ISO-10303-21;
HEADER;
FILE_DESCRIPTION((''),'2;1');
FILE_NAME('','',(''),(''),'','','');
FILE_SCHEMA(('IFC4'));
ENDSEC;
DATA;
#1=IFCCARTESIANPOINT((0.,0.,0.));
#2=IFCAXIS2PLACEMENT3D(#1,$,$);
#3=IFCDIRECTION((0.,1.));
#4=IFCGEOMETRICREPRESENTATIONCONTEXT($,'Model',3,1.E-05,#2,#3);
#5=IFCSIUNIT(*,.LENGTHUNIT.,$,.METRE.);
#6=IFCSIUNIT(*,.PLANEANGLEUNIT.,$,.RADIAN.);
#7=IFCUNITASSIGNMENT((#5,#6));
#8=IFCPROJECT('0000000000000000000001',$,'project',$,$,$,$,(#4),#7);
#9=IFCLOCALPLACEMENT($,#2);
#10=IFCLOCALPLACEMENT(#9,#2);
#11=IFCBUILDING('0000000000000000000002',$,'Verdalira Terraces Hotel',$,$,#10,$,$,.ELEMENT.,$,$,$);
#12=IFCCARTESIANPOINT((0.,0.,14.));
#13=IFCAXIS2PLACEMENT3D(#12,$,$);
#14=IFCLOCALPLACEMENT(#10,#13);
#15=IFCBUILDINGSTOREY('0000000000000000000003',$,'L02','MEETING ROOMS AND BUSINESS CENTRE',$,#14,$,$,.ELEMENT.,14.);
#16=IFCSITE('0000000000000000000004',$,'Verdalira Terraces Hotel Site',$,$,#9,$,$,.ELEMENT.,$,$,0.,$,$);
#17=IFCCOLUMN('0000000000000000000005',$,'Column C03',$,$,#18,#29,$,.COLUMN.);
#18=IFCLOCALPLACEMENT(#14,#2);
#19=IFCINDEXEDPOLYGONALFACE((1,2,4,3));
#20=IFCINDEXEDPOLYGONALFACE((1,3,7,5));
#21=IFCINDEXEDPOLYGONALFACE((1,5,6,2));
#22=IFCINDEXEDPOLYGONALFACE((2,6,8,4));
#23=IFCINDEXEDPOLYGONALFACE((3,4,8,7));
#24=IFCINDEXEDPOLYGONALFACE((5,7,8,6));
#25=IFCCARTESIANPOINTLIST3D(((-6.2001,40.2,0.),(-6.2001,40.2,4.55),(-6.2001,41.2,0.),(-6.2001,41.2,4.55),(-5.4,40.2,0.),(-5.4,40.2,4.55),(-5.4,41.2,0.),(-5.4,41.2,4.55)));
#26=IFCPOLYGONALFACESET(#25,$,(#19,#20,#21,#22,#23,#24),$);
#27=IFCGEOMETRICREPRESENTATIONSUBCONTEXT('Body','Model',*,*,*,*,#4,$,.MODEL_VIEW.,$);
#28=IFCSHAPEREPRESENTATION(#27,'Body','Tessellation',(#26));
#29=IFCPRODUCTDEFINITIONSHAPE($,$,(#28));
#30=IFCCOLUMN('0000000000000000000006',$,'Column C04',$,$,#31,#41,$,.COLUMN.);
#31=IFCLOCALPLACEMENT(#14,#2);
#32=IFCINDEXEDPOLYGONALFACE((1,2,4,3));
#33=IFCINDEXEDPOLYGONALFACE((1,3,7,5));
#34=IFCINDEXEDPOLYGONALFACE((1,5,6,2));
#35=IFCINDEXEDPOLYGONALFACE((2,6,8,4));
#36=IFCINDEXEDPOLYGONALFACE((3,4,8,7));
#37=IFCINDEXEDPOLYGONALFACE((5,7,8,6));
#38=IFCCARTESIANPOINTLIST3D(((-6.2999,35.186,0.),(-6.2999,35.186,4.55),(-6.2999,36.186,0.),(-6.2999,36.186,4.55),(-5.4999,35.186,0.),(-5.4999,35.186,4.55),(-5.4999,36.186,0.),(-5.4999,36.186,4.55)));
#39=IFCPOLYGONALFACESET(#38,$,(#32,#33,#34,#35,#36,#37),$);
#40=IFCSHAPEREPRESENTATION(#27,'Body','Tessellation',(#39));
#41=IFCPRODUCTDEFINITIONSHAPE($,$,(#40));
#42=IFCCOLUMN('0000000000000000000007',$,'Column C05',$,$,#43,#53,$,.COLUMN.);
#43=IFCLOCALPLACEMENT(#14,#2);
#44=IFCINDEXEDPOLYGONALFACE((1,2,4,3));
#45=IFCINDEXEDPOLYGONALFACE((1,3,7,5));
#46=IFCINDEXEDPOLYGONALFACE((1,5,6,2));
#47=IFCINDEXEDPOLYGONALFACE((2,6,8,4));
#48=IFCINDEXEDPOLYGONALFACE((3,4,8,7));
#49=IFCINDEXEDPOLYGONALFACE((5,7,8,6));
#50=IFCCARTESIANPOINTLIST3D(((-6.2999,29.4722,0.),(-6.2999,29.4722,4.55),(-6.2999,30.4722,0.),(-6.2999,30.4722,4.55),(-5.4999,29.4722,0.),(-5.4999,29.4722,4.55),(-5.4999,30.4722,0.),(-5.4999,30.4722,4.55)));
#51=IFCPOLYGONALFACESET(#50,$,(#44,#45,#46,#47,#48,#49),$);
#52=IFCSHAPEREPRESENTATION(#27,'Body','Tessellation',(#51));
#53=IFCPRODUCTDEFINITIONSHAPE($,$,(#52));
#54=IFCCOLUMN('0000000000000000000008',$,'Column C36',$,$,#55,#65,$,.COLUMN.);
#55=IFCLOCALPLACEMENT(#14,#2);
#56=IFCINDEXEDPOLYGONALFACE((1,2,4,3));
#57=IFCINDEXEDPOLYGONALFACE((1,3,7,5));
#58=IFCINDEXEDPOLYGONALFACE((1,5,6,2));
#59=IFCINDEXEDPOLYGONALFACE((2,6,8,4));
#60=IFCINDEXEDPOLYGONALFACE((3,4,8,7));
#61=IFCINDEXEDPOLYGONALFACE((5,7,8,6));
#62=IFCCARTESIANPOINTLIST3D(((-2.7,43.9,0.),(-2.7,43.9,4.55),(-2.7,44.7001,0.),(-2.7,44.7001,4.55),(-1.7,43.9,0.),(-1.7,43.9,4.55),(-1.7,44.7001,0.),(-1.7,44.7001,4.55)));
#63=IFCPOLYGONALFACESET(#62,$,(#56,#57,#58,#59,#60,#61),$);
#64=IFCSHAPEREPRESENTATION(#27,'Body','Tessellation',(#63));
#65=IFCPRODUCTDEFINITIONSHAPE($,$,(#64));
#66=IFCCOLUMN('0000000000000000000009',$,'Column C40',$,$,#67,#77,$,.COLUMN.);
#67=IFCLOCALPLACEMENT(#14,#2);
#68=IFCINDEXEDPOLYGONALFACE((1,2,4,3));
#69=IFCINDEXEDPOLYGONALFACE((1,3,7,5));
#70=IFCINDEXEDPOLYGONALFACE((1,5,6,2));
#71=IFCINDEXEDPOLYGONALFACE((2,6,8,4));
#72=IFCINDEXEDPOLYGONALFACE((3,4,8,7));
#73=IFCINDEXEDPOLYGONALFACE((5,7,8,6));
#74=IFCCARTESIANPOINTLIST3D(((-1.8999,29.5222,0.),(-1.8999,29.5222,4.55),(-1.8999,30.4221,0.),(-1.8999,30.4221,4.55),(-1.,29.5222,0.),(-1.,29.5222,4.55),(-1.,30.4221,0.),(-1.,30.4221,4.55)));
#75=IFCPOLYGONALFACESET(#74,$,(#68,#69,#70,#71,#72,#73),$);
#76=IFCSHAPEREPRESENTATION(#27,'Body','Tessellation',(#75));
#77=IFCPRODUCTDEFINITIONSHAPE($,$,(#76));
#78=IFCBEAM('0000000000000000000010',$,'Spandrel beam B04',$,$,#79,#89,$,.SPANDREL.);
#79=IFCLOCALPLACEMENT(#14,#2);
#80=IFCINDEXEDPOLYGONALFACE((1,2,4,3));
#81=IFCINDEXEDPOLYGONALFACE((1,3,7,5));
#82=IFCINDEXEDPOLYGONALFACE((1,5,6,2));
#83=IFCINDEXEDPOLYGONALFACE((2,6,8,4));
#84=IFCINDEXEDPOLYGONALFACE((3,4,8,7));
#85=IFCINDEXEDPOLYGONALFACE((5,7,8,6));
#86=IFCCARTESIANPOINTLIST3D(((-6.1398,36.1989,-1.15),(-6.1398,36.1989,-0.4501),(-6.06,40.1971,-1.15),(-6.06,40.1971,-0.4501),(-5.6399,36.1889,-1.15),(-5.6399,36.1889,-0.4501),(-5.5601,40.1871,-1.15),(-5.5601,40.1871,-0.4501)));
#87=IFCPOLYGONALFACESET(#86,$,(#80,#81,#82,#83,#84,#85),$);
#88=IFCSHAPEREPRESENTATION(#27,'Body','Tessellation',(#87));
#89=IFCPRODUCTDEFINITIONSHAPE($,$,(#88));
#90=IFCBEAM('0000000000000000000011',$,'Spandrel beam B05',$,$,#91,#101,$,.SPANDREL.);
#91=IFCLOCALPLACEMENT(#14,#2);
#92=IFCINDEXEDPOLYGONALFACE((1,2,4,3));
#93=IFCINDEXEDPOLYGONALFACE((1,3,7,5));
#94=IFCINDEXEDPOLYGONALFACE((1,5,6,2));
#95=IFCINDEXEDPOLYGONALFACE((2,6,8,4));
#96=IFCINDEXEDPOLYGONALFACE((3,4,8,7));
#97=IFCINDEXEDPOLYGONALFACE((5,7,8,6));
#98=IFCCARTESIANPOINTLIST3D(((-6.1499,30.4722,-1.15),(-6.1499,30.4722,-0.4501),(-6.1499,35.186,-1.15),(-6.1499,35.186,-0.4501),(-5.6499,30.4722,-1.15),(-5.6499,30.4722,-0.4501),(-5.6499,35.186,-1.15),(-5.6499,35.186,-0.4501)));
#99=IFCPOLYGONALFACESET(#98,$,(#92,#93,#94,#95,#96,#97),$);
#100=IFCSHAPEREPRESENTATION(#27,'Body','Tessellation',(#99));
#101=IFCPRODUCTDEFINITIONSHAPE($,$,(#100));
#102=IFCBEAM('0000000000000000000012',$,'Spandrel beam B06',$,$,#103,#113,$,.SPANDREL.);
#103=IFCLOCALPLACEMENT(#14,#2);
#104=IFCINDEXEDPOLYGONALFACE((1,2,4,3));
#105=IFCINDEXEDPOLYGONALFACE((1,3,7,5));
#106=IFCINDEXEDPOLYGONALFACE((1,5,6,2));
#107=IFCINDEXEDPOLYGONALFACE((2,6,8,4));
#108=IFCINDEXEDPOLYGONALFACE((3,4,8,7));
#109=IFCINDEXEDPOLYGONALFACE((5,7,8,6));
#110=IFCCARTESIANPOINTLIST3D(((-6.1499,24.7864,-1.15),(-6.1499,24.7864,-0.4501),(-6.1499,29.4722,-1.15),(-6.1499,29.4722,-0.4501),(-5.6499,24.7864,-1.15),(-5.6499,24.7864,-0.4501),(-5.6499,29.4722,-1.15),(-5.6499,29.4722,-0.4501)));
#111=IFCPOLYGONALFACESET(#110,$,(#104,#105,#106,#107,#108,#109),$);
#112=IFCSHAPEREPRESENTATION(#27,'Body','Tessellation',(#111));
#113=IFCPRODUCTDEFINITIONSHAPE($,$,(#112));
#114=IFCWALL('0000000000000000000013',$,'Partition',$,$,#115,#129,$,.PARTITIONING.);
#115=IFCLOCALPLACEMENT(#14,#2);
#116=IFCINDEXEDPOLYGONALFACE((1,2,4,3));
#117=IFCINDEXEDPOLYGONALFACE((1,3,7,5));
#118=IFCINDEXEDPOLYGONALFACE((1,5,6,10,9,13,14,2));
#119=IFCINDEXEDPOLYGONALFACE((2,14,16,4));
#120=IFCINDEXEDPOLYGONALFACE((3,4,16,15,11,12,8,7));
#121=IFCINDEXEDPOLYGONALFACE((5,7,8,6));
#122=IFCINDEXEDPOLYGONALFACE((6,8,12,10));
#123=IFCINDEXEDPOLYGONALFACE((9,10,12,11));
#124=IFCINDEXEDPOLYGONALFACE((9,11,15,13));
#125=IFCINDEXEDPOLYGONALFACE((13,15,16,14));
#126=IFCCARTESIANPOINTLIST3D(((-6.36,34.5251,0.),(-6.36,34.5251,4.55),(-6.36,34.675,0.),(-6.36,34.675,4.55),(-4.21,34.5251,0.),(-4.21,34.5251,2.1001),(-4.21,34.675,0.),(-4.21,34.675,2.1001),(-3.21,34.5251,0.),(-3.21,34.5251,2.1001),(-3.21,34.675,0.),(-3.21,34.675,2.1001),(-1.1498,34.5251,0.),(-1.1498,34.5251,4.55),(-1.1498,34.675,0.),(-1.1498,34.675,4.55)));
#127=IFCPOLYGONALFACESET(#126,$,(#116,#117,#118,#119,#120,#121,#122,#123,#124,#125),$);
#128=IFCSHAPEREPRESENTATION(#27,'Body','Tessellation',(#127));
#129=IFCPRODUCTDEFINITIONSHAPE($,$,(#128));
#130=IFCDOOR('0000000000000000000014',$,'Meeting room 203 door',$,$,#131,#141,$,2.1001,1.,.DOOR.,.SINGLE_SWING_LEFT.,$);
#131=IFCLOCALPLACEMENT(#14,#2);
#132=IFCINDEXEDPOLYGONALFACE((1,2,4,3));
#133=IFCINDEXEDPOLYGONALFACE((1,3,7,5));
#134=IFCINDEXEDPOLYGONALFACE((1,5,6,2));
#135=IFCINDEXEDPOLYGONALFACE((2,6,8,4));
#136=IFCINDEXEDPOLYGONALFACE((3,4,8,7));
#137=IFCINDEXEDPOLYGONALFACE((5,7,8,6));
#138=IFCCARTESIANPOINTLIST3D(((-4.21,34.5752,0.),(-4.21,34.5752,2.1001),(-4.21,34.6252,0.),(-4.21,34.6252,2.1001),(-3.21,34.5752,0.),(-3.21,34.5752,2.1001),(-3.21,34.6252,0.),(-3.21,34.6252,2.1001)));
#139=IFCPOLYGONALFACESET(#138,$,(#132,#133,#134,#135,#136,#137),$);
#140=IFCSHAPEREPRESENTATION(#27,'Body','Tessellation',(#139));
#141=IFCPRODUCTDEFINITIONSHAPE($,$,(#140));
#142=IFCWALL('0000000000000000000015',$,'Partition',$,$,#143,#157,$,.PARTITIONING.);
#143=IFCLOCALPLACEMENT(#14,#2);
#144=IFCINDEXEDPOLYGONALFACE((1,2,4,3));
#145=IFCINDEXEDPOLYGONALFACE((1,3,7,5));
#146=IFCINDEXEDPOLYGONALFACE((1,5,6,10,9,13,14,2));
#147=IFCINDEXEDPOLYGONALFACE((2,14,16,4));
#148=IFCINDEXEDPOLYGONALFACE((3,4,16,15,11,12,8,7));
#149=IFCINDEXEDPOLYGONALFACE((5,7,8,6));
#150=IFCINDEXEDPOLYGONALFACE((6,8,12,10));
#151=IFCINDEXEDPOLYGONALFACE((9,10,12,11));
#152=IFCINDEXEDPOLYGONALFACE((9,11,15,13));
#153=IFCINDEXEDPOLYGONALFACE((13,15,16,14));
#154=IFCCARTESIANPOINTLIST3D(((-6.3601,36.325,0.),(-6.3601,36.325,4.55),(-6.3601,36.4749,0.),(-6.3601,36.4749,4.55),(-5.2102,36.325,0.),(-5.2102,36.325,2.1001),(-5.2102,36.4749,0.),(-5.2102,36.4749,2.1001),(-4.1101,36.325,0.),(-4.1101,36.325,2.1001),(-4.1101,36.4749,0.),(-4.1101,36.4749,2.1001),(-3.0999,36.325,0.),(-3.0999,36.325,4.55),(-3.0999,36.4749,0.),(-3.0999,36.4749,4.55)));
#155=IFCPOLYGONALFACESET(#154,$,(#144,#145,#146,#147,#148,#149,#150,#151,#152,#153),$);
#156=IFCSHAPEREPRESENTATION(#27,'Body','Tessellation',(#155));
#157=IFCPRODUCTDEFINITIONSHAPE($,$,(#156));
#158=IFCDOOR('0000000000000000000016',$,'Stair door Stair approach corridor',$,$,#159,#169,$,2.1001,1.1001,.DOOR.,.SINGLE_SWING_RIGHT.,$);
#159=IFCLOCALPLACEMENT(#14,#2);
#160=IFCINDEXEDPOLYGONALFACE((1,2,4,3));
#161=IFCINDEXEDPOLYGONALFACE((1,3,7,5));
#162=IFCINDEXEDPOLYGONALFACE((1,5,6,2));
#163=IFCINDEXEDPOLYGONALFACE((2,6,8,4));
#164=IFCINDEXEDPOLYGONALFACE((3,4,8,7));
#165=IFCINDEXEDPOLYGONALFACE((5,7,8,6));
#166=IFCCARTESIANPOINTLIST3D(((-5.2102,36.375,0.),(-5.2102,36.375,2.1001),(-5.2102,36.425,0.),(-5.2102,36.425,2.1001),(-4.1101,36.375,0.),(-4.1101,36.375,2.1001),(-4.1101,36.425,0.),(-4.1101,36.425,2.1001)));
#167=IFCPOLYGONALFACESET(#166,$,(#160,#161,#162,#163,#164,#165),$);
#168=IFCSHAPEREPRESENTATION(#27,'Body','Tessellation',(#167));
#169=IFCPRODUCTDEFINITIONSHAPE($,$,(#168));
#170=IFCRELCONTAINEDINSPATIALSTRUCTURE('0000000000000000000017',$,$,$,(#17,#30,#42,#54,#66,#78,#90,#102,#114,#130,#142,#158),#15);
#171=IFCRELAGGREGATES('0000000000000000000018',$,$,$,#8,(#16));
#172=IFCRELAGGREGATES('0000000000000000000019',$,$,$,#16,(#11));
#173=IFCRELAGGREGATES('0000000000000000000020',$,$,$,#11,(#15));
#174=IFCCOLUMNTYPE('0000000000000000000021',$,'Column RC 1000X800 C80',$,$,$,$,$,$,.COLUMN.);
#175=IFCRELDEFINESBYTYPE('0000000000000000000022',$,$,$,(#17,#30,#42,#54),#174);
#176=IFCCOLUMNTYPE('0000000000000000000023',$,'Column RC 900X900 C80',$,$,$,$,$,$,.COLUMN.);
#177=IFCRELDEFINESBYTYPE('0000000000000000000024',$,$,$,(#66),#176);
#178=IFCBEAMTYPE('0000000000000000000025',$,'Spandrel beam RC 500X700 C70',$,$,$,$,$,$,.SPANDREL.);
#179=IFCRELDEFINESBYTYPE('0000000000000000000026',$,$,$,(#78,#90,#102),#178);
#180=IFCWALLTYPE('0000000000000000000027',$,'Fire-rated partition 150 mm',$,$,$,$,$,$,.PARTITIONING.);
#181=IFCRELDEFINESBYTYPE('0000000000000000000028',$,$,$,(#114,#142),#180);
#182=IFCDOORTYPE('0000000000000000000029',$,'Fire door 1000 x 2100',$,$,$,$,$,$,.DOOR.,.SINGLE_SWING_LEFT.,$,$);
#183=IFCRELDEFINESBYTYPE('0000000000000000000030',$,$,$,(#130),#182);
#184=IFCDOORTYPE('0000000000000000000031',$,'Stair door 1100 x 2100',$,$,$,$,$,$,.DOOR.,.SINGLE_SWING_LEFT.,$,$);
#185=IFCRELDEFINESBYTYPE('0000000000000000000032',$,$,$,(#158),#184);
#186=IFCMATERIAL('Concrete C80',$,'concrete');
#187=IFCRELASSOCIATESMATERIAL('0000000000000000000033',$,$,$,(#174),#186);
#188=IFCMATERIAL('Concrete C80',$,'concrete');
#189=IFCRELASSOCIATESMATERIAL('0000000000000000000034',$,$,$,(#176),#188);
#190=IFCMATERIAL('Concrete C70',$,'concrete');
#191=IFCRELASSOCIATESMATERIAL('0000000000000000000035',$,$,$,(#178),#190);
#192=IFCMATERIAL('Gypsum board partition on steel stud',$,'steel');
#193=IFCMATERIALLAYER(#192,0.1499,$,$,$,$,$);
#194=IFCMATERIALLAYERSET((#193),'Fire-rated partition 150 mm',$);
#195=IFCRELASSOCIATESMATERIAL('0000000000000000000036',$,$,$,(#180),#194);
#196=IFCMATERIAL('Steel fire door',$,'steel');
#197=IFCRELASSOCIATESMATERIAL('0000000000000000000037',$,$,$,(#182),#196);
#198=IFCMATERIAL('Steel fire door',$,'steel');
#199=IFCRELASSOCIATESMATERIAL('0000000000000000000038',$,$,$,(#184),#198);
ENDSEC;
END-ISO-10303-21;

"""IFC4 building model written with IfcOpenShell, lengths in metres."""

from ifc_helpers import new_model, si_unit, direction, frame, frame_2d, origin, origin_2d, place, context, subcontext, project, spatial, rectangle, extrude, material, layer, layer_set, material_profile, profile_set, type_object, element, fill, save


model = new_model("IFC4")

# Units and contexts
model_context = context("Model", 3, precision=1e-05, world=origin(), true_north=direction((0.0, 1.0)))
body_context = subcontext(model_context, "Body", "Model", "MODEL_VIEW")
ifc_project = project(units=[si_unit("LENGTHUNIT", "METRE"), si_unit("PLANEANGLEUNIT", "RADIAN")], contexts=[model_context])

# Site, building, storey
site_placement = place(None, origin())
site = spatial("IfcSite", under=ifc_project, at=site_placement, Name="Verdalira Terraces Hotel Site", CompositionType="ELEMENT", RefElevation=0.0)
building_placement = place(site_placement, origin())
building = spatial("IfcBuilding", under=site, at=building_placement, Name="Verdalira Terraces Hotel", CompositionType="ELEMENT")
storey_placement = place(building_placement, frame((0.0, 0.0, 14.0)))
storey = spatial("IfcBuildingStorey", under=building, at=storey_placement, Name="L02", Description="MEETING ROOMS AND BUSINESS CENTRE", CompositionType="ELEMENT", Elevation=14.0)

# Columns
ifc_material_1 = material(Name="Concrete C80", Category="concrete")
ifc_material_profile_1 = material_profile(ifc_material_1, rectangle(XDim=1.0, YDim=0.8, at=origin_2d()), Name="RC 1000X800")
ifc_profile_set_1 = profile_set([ifc_material_profile_1], Name="Concrete C80")
column_type_1 = type_object("IfcColumnType", Name="Column RC 1000X800 C80", PredefinedType="COLUMN", material=ifc_profile_set_1)
for number, where, z_axis, x_axis, name in (
    (1, (-5.8, 40.7, 0.0), (0.0, 0.0, 1.0), (0.0, -1.0, 0.0), "Column C03"),
    (2, (-5.8999, 35.686, 0.0), (0.0, 0.0, 1.0), (0.0, -1.0, 0.0), "Column C04"),
    (3, (-5.8999, 29.9722, 0.0), (0.0, 0.0, 1.0), (0.0, -1.0, 0.0), "Column C05"),
    (4, (-2.2, 44.3, 0.0), (0.0, 0.0, 1.0), (-1.0, 0.0, 0.0), "Column C36"),
):
    element("IfcColumn", number, at=place(storey_placement, frame(where, z_axis=z_axis, x_axis=x_axis)), inside=storey, type_object=column_type_1, Name=name, PredefinedType="COLUMN", context=body_context, shape_type="SweptSolid", body=[
        extrude(rectangle(XDim=1.0, YDim=0.8, at=origin_2d()), origin(), (0.0, 0.0, 1.0), 4.55),
    ])
ifc_material_2 = material(Name="Concrete C80", Category="concrete")
ifc_material_profile_2 = material_profile(ifc_material_2, rectangle(XDim=0.8999, YDim=0.8999, at=origin_2d()), Name="RC 900X900")
ifc_profile_set_2 = profile_set([ifc_material_profile_2], Name="Concrete C80")
column_type_2 = type_object("IfcColumnType", Name="Column RC 900X900 C80", PredefinedType="COLUMN", material=ifc_profile_set_2)
column_placement = place(storey_placement, frame((-1.45, 29.9722, 0.0), z_axis=(0.0, 0.0, 1.0), x_axis=(0.0, 1.0, 0.0)))
element("IfcColumn", 5, at=column_placement, inside=storey, type_object=column_type_2, Name="Column C40", PredefinedType="COLUMN", context=body_context, shape_type="SweptSolid", body=[
    extrude(rectangle(XDim=0.8999, YDim=0.8999, at=origin_2d()), origin(), (0.0, 0.0, 1.0), 4.55),
])

# Beams
ifc_material_3 = material(Name="Concrete C70", Category="concrete")
ifc_material_profile_3 = material_profile(ifc_material_3, rectangle(XDim=0.5, YDim=0.7, at=origin_2d()), Name="RC 500X700")
ifc_profile_set_3 = profile_set([ifc_material_profile_3], Name="Concrete C70")
beam_type = type_object("IfcBeamType", Name="Spandrel beam RC 500X700 C70", PredefinedType="SPANDREL", material=ifc_profile_set_3)
beam_1_placement = place(storey_placement, frame((-5.8101, 40.1921, -0.8), z_axis=(-0.019963, -0.999801, 0.0), x_axis=(0.999801, -0.019963, 0.0)))
element("IfcBeam", 6, at=beam_1_placement, inside=storey, type_object=beam_type, Name="Spandrel beam B04", PredefinedType="SPANDREL", context=body_context, shape_type="SweptSolid", body=[
    extrude(rectangle(XDim=0.5, YDim=0.7, at=origin_2d()), origin(), (0.0, 0.0, 1.0), 3.999),
])
beam_2_placement = place(storey_placement, frame((-5.8999, 35.186, -0.8), z_axis=(0.0, -1.0, 0.0), x_axis=(1.0, 0.0, 0.0)))
element("IfcBeam", 7, at=beam_2_placement, inside=storey, type_object=beam_type, Name="Spandrel beam B05", PredefinedType="SPANDREL", context=body_context, shape_type="SweptSolid", body=[
    extrude(rectangle(XDim=0.5, YDim=0.7, at=origin_2d()), origin(), (0.0, 0.0, 1.0), 4.7139),
])
beam_3_placement = place(storey_placement, frame((-5.8999, 29.4722, -0.8), z_axis=(0.0, -1.0, 0.0), x_axis=(1.0, 0.0, 0.0)))
element("IfcBeam", 8, at=beam_3_placement, inside=storey, type_object=beam_type, Name="Spandrel beam B06", PredefinedType="SPANDREL", context=body_context, shape_type="SweptSolid", body=[
    extrude(rectangle(XDim=0.5, YDim=0.7, at=origin_2d()), origin(), (0.0, 0.0, 1.0), 4.6858),
])

# Walls, openings, doors
ifc_material_4 = material(Name="Gypsum board partition on steel stud", Category="steel")
ifc_layer_1 = layer(ifc_material_4, 0.1499)
ifc_layer_set_1 = layer_set([ifc_layer_1], Name="Fire-rated partition 150 mm")
wall_type_1 = type_object("IfcWallType", Name="Fire-rated partition 150 mm", PredefinedType="PARTITIONING", material=ifc_layer_set_1)
wall_1_placement = place(storey_placement, frame((-1.1499, 34.6001, 0.0), z_axis=(0.0, 0.0, 1.0), x_axis=(-1.0, 0.0, 0.0)))
wall_1 = element("IfcWall", 9, at=wall_1_placement, inside=storey, type_object=wall_type_1, Name="Partition", PredefinedType="PARTITIONING", context=body_context, shape_type="SweptSolid", body=[
    extrude(rectangle(XDim=5.2102, YDim=0.1499, at=frame_2d((2.605, 0.0))), origin(), (0.0, 0.0, 1.0), 4.55),
])
opening_1_placement = place(wall_1_placement, frame((2.0601, 0.0, 0.0)))
opening_1 = element("IfcOpeningElement", 10, at=opening_1_placement, cuts=wall_1, PredefinedType="OPENING", context=body_context, shape_type="SweptSolid", body=[
    extrude(rectangle(XDim=1.0, YDim=2.1001, at=frame_2d((0.5, 1.05))), frame((0.0, 0.085, 0.0), z_axis=(0.0, -1.0, 0.0), x_axis=(1.0, 0.0, 0.0)), (0.0, 0.0, 1.0), 0.1699),
])
ifc_material_5 = material(Name="Steel fire door", Category="steel")
door_type_1 = type_object("IfcDoorType", Name="Fire door 1000 x 2100", OperationType="SINGLE_SWING_LEFT", PredefinedType="DOOR", material=ifc_material_5)
door_1_placement = place(opening_1_placement, origin())
door_1 = element("IfcDoor", 11, at=door_1_placement, inside=storey, type_object=door_type_1, Name="Meeting room 203 door", OperationType="SINGLE_SWING_LEFT", OverallHeight=2.1001, OverallWidth=1.0, PredefinedType="DOOR", context=body_context, shape_type="SweptSolid", body=[
    extrude(rectangle(XDim=1.0, YDim=2.1001, at=frame_2d((0.5, 1.05))), frame((0.0, 0.0249, 0.0), z_axis=(0.0, -1.0, 0.0), x_axis=(1.0, 0.0, 0.0)), (0.0, 0.0, 1.0), 0.05),
])
fill(opening_1, door_1)
wall_2_placement = place(storey_placement, frame((-3.0999, 36.3999, 0.0), z_axis=(0.0, 0.0, 1.0), x_axis=(-1.0, 0.0, 0.0)))
wall_2 = element("IfcWall", 12, at=wall_2_placement, inside=storey, type_object=wall_type_1, Name="Partition", PredefinedType="PARTITIONING", context=body_context, shape_type="SweptSolid", body=[
    extrude(rectangle(XDim=3.2603, YDim=0.1499, at=frame_2d((1.6301, 0.0))), origin(), (0.0, 0.0, 1.0), 4.55),
])
opening_2_placement = place(wall_2_placement, frame((1.0103, 0.0, 0.0)))
opening_2 = element("IfcOpeningElement", 13, at=opening_2_placement, cuts=wall_2, PredefinedType="OPENING", context=body_context, shape_type="SweptSolid", body=[
    extrude(rectangle(XDim=1.1001, YDim=2.1001, at=frame_2d((0.55, 1.05))), frame((0.0, 0.085, 0.0), z_axis=(0.0, -1.0, 0.0), x_axis=(1.0, 0.0, 0.0)), (0.0, 0.0, 1.0), 0.1699),
])
ifc_material_6 = material(Name="Steel fire door", Category="steel")
door_type_2 = type_object("IfcDoorType", Name="Stair door 1100 x 2100", OperationType="SINGLE_SWING_LEFT", PredefinedType="DOOR", material=ifc_material_6)
door_2_placement = place(opening_2_placement, origin())
door_2 = element("IfcDoor", 14, at=door_2_placement, inside=storey, type_object=door_type_2, Name="Stair door Stair approach corridor", OperationType="SINGLE_SWING_RIGHT", OverallHeight=2.1001, OverallWidth=1.1001, PredefinedType="DOOR", context=body_context, shape_type="SweptSolid", body=[
    extrude(rectangle(XDim=1.1001, YDim=2.1001, at=frame_2d((0.55, 1.05))), frame((0.0, 0.0249, 0.0), z_axis=(0.0, -1.0, 0.0), x_axis=(1.0, 0.0, 0.0)), (0.0, 0.0, 1.0), 0.05),
])
fill(opening_2, door_2)

save(model, "model.ifc")
